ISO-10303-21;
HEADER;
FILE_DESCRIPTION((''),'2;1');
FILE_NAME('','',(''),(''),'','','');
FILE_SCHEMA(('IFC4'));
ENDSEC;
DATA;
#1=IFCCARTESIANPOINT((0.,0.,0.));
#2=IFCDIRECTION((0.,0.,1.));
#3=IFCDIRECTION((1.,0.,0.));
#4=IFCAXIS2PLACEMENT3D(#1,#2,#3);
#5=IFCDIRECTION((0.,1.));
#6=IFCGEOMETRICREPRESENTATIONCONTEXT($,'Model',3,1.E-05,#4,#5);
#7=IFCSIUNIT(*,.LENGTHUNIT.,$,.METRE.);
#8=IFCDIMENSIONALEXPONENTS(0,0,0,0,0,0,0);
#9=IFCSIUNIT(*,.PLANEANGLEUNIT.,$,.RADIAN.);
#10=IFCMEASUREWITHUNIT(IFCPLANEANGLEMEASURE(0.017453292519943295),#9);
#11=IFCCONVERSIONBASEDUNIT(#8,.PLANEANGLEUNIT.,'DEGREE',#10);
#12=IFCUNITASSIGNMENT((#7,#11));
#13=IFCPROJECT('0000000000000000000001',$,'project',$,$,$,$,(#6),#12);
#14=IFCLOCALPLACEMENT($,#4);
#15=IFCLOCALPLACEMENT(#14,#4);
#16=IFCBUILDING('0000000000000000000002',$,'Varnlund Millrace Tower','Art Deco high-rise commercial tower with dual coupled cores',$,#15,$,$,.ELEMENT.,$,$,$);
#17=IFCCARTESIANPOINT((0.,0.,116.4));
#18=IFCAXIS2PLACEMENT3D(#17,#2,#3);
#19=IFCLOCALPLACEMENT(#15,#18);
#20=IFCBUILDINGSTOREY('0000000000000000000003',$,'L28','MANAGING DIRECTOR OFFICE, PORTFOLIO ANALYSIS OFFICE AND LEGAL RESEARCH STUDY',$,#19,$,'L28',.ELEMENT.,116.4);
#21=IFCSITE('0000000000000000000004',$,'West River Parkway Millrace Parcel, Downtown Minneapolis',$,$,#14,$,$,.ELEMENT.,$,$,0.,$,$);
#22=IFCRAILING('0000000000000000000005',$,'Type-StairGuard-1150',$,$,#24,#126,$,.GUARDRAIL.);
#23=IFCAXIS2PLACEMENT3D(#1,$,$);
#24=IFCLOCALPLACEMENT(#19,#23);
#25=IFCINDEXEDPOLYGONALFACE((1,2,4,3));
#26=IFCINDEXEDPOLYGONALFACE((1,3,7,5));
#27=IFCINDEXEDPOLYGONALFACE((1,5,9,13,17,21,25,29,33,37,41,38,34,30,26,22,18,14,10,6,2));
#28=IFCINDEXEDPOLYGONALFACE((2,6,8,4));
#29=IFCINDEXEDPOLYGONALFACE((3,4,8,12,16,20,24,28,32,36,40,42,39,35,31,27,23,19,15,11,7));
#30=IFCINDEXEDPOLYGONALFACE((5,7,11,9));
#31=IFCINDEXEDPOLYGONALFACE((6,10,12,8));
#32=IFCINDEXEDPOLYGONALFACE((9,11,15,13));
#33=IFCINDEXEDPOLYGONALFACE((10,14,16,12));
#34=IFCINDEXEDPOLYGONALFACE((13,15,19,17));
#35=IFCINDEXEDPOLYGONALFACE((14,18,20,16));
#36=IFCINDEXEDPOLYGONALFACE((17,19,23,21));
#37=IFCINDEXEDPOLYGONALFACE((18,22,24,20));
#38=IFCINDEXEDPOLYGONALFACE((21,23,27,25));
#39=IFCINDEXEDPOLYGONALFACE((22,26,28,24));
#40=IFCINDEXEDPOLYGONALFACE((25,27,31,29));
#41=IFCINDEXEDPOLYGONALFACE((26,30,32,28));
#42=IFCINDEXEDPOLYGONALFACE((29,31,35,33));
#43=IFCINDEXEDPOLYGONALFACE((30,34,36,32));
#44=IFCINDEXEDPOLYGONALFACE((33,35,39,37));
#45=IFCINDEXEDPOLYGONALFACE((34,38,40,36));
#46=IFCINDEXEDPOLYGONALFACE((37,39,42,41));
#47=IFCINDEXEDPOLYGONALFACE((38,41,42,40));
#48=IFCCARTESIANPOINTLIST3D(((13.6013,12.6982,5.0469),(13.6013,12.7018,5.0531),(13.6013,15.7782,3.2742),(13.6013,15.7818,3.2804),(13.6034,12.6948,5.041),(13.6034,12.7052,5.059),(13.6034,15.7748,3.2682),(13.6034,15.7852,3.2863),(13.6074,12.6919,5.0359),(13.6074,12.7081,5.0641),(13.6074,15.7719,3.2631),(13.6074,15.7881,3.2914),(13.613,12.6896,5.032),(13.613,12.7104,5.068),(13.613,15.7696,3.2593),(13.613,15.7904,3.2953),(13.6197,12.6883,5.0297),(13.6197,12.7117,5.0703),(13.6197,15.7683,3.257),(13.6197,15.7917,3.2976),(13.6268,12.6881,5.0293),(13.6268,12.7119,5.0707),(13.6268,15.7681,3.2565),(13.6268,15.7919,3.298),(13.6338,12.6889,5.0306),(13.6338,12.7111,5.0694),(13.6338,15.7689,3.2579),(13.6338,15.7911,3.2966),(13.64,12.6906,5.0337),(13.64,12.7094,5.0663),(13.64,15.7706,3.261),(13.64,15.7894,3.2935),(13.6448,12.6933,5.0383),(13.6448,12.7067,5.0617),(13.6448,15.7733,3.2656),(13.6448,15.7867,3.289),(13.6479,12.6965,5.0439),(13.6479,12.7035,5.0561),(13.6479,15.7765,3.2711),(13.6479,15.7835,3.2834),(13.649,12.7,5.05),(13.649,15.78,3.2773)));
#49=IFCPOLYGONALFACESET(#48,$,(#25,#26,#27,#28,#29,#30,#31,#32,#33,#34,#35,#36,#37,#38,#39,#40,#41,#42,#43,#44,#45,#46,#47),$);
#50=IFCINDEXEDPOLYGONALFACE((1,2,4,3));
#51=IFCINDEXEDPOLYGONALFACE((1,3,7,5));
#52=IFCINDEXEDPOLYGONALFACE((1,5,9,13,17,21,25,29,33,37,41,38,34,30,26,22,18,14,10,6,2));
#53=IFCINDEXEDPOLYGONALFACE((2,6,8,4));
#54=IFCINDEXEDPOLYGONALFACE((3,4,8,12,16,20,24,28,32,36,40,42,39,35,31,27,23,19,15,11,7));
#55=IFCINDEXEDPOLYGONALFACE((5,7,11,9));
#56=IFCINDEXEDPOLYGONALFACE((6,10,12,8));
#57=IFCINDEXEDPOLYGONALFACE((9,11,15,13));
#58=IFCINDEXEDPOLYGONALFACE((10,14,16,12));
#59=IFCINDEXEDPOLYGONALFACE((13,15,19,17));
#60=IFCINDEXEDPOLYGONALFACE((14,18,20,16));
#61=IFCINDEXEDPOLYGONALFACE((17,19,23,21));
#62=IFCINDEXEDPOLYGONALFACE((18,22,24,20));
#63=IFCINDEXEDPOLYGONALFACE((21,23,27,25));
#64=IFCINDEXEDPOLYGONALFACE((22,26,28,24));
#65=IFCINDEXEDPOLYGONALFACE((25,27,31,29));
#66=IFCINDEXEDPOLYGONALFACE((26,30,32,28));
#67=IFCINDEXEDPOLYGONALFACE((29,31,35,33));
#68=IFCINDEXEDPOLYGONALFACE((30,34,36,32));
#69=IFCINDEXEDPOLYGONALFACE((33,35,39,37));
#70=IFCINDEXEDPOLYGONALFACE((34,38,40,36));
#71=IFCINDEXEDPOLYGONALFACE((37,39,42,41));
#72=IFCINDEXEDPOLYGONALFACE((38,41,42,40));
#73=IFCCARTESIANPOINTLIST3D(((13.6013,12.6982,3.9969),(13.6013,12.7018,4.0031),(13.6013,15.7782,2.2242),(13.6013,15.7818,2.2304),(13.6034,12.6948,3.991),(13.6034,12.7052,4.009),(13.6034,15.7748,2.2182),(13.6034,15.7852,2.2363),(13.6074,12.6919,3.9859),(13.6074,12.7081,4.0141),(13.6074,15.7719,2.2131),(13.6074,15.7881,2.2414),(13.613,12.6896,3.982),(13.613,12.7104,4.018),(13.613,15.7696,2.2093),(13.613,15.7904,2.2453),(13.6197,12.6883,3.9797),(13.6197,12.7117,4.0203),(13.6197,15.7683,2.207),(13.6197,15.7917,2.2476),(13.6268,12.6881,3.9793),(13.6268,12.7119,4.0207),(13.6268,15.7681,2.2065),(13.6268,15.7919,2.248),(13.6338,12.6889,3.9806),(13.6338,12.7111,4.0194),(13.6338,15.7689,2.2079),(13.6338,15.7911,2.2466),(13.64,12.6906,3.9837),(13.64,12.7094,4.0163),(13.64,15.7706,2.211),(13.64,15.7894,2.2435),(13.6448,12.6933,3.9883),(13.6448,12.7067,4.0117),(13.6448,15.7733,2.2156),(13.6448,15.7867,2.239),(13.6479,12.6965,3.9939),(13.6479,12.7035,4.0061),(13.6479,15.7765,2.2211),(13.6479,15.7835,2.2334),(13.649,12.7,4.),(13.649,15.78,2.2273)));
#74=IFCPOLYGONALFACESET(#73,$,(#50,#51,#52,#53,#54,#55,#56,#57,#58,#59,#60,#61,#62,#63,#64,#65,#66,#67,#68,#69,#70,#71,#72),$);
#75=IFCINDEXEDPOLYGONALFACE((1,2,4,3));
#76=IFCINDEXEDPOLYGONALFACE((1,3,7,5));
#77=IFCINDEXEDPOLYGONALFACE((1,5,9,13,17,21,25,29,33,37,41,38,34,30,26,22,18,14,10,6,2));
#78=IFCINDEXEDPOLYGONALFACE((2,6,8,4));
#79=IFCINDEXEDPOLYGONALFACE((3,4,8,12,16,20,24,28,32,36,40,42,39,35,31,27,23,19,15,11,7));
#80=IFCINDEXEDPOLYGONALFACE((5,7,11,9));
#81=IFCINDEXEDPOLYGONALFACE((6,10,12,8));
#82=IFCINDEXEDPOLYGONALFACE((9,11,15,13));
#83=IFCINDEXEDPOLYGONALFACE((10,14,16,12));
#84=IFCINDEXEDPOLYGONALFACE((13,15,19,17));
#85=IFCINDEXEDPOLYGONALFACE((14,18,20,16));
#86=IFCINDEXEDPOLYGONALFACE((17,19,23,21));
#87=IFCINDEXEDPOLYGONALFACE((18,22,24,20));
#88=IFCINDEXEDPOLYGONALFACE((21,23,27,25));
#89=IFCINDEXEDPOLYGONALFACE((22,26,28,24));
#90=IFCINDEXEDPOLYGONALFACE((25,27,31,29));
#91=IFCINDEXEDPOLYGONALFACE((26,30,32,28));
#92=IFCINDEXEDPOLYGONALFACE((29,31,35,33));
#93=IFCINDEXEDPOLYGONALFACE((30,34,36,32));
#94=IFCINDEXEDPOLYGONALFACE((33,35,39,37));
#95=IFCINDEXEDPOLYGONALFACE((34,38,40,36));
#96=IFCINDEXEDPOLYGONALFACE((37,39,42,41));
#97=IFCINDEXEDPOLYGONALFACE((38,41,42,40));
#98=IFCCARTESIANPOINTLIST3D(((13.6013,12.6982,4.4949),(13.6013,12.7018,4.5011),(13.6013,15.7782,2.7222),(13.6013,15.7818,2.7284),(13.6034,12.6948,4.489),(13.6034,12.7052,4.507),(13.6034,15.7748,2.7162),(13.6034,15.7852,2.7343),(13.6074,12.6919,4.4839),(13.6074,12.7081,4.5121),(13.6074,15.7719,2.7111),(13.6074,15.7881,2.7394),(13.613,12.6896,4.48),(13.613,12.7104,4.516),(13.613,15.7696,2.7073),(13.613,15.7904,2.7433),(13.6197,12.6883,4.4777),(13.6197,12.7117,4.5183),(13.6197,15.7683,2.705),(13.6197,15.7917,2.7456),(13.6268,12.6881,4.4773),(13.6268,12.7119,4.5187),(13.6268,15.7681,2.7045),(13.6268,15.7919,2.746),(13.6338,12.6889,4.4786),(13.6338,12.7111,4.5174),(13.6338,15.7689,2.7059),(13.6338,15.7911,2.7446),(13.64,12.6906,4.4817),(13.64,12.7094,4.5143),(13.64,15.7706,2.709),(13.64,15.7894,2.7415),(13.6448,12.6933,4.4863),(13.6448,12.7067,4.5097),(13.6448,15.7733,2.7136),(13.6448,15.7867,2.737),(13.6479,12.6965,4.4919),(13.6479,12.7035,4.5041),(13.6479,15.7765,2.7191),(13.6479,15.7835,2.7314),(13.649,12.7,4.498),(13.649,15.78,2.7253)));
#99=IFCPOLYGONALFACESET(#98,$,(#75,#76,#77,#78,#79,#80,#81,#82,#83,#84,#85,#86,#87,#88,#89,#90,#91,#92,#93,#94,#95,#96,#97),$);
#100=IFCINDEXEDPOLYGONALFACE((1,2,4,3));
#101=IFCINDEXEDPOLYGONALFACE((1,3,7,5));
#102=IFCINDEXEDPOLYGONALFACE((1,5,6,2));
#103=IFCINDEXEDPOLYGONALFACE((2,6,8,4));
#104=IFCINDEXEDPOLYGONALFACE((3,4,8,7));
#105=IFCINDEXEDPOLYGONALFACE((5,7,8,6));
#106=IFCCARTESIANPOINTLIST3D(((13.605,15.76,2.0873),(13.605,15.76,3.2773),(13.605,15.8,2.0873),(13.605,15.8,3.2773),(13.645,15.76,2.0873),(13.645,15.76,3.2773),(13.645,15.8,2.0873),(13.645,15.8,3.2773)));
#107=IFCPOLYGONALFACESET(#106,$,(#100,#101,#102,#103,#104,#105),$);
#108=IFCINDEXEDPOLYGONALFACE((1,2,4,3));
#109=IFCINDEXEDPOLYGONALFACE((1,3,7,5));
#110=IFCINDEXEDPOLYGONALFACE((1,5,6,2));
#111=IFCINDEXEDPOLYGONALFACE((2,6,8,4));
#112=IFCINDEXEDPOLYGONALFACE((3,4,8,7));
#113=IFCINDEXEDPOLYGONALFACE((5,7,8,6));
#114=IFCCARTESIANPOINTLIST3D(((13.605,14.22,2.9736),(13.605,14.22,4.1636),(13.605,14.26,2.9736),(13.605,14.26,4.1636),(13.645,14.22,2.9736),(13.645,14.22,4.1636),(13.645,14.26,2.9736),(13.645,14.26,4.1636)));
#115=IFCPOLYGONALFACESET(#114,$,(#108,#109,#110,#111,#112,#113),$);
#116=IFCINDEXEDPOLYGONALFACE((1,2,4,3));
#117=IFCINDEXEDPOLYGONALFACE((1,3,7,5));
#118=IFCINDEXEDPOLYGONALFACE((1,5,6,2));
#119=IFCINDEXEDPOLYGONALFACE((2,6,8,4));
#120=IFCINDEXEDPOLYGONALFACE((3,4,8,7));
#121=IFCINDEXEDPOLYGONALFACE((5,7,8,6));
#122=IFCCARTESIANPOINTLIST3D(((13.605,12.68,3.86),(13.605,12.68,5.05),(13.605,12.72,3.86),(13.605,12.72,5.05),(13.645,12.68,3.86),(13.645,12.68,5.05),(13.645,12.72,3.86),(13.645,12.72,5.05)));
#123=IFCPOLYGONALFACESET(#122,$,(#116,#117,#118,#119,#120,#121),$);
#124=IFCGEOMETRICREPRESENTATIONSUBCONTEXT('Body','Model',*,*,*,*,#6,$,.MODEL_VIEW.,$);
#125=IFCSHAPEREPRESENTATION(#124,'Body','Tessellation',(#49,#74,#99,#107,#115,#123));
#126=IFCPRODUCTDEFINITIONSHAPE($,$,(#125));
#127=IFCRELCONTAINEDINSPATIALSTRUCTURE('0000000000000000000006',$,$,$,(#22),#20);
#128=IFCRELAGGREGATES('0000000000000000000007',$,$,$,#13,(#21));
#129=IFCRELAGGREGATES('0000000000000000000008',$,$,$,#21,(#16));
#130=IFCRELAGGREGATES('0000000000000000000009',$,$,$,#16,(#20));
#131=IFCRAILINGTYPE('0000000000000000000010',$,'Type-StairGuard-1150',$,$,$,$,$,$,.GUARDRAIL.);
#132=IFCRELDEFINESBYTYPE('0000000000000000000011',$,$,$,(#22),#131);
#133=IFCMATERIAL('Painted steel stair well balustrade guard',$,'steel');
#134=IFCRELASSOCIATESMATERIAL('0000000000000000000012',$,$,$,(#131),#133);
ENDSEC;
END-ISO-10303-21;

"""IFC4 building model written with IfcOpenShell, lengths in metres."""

from ifc_helpers import new_model, entity, si_unit, converted_unit, direction, frame, origin_with_axes, origin_2d_with_axis, place, context, subcontext, project, spatial, rectangle, circle, extrude, material, type_object, element, save


model = new_model("IFC4")

# Units and contexts
model_context = context("Model", 3, precision=1e-05, world=origin_with_axes(), true_north=direction((0.0, 1.0)))
body_context = subcontext(model_context, "Body", "Model", "MODEL_VIEW")
ifc_project = project(units=[si_unit("LENGTHUNIT", "METRE"), converted_unit("PLANEANGLEUNIT", "DEGREE", entity("IfcPlaneAngleMeasure", 0.017453292519943295), si_unit("PLANEANGLEUNIT", "RADIAN"), dimensions=[0, 0, 0, 0, 0, 0, 0])], contexts=[model_context])

# Site, building, storey
site_placement = place(None, origin_with_axes())
site = spatial("IfcSite", under=ifc_project, at=site_placement, Name="West River Parkway Millrace Parcel, Downtown Minneapolis", CompositionType="ELEMENT", RefElevation=0.0)
building_placement = place(site_placement, origin_with_axes())
building = spatial("IfcBuilding", under=site, at=building_placement, Name="Varnlund Millrace Tower", Description="Art Deco high-rise commercial tower with dual coupled cores", CompositionType="ELEMENT")
storey_placement = place(building_placement, frame((0.0, 0.0, 116.4), z_axis=(0.0, 0.0, 1.0), x_axis=(1.0, 0.0, 0.0)))
storey = spatial("IfcBuildingStorey", under=building, at=storey_placement, Name="L28", Description="MANAGING DIRECTOR OFFICE, PORTFOLIO ANALYSIS OFFICE AND LEGAL RESEARCH STUDY", LongName="L28", CompositionType="ELEMENT", Elevation=116.4)

# Railing
ifc_material_1 = material(Name="Painted steel stair well balustrade guard", Category="steel")
railing_type_1 = type_object("IfcRailingType", Name="Type-StairGuard-1150", PredefinedType="GUARDRAIL", material=ifc_material_1)
railing_1_placement = place(storey_placement, frame((0.0, 0.0, -116.4), z_axis=(0.0, 0.0, 1.0), x_axis=(1.0, 0.0, 0.0)))
element("IfcRailing", 1, at=railing_1_placement, inside=storey, type_object=railing_type_1, Name="Type-StairGuard-1150", PredefinedType="GUARDRAIL", context=body_context, shape_type="SweptSolid", body=[
    extrude(circle(Radius=0.024, at=origin_2d_with_axis()), frame((13.625, 15.78, 119.6773), z_axis=(0.0, -0.866696, 0.498836), x_axis=(1.0, 0.0, 0.0)), (0.0, 0.0, 1.0), 3.5537),
    extrude(circle(Radius=0.024, at=origin_2d_with_axis()), frame((13.625, 15.78, 118.6273), z_axis=(0.0, -0.866696, 0.498836), x_axis=(1.0, 0.0, 0.0)), (0.0, 0.0, 1.0), 3.5537),
    extrude(circle(Radius=0.024, at=origin_2d_with_axis()), frame((13.625, 15.78, 119.1253), z_axis=(0.0, -0.866696, 0.498836), x_axis=(1.0, 0.0, 0.0)), (0.0, 0.0, 1.0), 3.5537),
    extrude(rectangle(XDim=0.04, YDim=0.04, at=origin_2d_with_axis()), frame((13.625, 15.78, 118.4873), z_axis=(0.0, 0.0, 1.0), x_axis=(1.0, 0.0, 0.0)), (0.0, 0.0, 1.0), 1.19),
    extrude(rectangle(XDim=0.04, YDim=0.04, at=origin_2d_with_axis()), frame((13.625, 14.24, 119.3736), z_axis=(0.0, 0.0, 1.0), x_axis=(1.0, 0.0, 0.0)), (0.0, 0.0, 1.0), 1.19),
    extrude(rectangle(XDim=0.04, YDim=0.04, at=origin_2d_with_axis()), frame((13.625, 12.7, 120.26), z_axis=(0.0, 0.0, 1.0), x_axis=(1.0, 0.0, 0.0)), (0.0, 0.0, 1.0), 1.19),
])

save(model, "model.ifc")
